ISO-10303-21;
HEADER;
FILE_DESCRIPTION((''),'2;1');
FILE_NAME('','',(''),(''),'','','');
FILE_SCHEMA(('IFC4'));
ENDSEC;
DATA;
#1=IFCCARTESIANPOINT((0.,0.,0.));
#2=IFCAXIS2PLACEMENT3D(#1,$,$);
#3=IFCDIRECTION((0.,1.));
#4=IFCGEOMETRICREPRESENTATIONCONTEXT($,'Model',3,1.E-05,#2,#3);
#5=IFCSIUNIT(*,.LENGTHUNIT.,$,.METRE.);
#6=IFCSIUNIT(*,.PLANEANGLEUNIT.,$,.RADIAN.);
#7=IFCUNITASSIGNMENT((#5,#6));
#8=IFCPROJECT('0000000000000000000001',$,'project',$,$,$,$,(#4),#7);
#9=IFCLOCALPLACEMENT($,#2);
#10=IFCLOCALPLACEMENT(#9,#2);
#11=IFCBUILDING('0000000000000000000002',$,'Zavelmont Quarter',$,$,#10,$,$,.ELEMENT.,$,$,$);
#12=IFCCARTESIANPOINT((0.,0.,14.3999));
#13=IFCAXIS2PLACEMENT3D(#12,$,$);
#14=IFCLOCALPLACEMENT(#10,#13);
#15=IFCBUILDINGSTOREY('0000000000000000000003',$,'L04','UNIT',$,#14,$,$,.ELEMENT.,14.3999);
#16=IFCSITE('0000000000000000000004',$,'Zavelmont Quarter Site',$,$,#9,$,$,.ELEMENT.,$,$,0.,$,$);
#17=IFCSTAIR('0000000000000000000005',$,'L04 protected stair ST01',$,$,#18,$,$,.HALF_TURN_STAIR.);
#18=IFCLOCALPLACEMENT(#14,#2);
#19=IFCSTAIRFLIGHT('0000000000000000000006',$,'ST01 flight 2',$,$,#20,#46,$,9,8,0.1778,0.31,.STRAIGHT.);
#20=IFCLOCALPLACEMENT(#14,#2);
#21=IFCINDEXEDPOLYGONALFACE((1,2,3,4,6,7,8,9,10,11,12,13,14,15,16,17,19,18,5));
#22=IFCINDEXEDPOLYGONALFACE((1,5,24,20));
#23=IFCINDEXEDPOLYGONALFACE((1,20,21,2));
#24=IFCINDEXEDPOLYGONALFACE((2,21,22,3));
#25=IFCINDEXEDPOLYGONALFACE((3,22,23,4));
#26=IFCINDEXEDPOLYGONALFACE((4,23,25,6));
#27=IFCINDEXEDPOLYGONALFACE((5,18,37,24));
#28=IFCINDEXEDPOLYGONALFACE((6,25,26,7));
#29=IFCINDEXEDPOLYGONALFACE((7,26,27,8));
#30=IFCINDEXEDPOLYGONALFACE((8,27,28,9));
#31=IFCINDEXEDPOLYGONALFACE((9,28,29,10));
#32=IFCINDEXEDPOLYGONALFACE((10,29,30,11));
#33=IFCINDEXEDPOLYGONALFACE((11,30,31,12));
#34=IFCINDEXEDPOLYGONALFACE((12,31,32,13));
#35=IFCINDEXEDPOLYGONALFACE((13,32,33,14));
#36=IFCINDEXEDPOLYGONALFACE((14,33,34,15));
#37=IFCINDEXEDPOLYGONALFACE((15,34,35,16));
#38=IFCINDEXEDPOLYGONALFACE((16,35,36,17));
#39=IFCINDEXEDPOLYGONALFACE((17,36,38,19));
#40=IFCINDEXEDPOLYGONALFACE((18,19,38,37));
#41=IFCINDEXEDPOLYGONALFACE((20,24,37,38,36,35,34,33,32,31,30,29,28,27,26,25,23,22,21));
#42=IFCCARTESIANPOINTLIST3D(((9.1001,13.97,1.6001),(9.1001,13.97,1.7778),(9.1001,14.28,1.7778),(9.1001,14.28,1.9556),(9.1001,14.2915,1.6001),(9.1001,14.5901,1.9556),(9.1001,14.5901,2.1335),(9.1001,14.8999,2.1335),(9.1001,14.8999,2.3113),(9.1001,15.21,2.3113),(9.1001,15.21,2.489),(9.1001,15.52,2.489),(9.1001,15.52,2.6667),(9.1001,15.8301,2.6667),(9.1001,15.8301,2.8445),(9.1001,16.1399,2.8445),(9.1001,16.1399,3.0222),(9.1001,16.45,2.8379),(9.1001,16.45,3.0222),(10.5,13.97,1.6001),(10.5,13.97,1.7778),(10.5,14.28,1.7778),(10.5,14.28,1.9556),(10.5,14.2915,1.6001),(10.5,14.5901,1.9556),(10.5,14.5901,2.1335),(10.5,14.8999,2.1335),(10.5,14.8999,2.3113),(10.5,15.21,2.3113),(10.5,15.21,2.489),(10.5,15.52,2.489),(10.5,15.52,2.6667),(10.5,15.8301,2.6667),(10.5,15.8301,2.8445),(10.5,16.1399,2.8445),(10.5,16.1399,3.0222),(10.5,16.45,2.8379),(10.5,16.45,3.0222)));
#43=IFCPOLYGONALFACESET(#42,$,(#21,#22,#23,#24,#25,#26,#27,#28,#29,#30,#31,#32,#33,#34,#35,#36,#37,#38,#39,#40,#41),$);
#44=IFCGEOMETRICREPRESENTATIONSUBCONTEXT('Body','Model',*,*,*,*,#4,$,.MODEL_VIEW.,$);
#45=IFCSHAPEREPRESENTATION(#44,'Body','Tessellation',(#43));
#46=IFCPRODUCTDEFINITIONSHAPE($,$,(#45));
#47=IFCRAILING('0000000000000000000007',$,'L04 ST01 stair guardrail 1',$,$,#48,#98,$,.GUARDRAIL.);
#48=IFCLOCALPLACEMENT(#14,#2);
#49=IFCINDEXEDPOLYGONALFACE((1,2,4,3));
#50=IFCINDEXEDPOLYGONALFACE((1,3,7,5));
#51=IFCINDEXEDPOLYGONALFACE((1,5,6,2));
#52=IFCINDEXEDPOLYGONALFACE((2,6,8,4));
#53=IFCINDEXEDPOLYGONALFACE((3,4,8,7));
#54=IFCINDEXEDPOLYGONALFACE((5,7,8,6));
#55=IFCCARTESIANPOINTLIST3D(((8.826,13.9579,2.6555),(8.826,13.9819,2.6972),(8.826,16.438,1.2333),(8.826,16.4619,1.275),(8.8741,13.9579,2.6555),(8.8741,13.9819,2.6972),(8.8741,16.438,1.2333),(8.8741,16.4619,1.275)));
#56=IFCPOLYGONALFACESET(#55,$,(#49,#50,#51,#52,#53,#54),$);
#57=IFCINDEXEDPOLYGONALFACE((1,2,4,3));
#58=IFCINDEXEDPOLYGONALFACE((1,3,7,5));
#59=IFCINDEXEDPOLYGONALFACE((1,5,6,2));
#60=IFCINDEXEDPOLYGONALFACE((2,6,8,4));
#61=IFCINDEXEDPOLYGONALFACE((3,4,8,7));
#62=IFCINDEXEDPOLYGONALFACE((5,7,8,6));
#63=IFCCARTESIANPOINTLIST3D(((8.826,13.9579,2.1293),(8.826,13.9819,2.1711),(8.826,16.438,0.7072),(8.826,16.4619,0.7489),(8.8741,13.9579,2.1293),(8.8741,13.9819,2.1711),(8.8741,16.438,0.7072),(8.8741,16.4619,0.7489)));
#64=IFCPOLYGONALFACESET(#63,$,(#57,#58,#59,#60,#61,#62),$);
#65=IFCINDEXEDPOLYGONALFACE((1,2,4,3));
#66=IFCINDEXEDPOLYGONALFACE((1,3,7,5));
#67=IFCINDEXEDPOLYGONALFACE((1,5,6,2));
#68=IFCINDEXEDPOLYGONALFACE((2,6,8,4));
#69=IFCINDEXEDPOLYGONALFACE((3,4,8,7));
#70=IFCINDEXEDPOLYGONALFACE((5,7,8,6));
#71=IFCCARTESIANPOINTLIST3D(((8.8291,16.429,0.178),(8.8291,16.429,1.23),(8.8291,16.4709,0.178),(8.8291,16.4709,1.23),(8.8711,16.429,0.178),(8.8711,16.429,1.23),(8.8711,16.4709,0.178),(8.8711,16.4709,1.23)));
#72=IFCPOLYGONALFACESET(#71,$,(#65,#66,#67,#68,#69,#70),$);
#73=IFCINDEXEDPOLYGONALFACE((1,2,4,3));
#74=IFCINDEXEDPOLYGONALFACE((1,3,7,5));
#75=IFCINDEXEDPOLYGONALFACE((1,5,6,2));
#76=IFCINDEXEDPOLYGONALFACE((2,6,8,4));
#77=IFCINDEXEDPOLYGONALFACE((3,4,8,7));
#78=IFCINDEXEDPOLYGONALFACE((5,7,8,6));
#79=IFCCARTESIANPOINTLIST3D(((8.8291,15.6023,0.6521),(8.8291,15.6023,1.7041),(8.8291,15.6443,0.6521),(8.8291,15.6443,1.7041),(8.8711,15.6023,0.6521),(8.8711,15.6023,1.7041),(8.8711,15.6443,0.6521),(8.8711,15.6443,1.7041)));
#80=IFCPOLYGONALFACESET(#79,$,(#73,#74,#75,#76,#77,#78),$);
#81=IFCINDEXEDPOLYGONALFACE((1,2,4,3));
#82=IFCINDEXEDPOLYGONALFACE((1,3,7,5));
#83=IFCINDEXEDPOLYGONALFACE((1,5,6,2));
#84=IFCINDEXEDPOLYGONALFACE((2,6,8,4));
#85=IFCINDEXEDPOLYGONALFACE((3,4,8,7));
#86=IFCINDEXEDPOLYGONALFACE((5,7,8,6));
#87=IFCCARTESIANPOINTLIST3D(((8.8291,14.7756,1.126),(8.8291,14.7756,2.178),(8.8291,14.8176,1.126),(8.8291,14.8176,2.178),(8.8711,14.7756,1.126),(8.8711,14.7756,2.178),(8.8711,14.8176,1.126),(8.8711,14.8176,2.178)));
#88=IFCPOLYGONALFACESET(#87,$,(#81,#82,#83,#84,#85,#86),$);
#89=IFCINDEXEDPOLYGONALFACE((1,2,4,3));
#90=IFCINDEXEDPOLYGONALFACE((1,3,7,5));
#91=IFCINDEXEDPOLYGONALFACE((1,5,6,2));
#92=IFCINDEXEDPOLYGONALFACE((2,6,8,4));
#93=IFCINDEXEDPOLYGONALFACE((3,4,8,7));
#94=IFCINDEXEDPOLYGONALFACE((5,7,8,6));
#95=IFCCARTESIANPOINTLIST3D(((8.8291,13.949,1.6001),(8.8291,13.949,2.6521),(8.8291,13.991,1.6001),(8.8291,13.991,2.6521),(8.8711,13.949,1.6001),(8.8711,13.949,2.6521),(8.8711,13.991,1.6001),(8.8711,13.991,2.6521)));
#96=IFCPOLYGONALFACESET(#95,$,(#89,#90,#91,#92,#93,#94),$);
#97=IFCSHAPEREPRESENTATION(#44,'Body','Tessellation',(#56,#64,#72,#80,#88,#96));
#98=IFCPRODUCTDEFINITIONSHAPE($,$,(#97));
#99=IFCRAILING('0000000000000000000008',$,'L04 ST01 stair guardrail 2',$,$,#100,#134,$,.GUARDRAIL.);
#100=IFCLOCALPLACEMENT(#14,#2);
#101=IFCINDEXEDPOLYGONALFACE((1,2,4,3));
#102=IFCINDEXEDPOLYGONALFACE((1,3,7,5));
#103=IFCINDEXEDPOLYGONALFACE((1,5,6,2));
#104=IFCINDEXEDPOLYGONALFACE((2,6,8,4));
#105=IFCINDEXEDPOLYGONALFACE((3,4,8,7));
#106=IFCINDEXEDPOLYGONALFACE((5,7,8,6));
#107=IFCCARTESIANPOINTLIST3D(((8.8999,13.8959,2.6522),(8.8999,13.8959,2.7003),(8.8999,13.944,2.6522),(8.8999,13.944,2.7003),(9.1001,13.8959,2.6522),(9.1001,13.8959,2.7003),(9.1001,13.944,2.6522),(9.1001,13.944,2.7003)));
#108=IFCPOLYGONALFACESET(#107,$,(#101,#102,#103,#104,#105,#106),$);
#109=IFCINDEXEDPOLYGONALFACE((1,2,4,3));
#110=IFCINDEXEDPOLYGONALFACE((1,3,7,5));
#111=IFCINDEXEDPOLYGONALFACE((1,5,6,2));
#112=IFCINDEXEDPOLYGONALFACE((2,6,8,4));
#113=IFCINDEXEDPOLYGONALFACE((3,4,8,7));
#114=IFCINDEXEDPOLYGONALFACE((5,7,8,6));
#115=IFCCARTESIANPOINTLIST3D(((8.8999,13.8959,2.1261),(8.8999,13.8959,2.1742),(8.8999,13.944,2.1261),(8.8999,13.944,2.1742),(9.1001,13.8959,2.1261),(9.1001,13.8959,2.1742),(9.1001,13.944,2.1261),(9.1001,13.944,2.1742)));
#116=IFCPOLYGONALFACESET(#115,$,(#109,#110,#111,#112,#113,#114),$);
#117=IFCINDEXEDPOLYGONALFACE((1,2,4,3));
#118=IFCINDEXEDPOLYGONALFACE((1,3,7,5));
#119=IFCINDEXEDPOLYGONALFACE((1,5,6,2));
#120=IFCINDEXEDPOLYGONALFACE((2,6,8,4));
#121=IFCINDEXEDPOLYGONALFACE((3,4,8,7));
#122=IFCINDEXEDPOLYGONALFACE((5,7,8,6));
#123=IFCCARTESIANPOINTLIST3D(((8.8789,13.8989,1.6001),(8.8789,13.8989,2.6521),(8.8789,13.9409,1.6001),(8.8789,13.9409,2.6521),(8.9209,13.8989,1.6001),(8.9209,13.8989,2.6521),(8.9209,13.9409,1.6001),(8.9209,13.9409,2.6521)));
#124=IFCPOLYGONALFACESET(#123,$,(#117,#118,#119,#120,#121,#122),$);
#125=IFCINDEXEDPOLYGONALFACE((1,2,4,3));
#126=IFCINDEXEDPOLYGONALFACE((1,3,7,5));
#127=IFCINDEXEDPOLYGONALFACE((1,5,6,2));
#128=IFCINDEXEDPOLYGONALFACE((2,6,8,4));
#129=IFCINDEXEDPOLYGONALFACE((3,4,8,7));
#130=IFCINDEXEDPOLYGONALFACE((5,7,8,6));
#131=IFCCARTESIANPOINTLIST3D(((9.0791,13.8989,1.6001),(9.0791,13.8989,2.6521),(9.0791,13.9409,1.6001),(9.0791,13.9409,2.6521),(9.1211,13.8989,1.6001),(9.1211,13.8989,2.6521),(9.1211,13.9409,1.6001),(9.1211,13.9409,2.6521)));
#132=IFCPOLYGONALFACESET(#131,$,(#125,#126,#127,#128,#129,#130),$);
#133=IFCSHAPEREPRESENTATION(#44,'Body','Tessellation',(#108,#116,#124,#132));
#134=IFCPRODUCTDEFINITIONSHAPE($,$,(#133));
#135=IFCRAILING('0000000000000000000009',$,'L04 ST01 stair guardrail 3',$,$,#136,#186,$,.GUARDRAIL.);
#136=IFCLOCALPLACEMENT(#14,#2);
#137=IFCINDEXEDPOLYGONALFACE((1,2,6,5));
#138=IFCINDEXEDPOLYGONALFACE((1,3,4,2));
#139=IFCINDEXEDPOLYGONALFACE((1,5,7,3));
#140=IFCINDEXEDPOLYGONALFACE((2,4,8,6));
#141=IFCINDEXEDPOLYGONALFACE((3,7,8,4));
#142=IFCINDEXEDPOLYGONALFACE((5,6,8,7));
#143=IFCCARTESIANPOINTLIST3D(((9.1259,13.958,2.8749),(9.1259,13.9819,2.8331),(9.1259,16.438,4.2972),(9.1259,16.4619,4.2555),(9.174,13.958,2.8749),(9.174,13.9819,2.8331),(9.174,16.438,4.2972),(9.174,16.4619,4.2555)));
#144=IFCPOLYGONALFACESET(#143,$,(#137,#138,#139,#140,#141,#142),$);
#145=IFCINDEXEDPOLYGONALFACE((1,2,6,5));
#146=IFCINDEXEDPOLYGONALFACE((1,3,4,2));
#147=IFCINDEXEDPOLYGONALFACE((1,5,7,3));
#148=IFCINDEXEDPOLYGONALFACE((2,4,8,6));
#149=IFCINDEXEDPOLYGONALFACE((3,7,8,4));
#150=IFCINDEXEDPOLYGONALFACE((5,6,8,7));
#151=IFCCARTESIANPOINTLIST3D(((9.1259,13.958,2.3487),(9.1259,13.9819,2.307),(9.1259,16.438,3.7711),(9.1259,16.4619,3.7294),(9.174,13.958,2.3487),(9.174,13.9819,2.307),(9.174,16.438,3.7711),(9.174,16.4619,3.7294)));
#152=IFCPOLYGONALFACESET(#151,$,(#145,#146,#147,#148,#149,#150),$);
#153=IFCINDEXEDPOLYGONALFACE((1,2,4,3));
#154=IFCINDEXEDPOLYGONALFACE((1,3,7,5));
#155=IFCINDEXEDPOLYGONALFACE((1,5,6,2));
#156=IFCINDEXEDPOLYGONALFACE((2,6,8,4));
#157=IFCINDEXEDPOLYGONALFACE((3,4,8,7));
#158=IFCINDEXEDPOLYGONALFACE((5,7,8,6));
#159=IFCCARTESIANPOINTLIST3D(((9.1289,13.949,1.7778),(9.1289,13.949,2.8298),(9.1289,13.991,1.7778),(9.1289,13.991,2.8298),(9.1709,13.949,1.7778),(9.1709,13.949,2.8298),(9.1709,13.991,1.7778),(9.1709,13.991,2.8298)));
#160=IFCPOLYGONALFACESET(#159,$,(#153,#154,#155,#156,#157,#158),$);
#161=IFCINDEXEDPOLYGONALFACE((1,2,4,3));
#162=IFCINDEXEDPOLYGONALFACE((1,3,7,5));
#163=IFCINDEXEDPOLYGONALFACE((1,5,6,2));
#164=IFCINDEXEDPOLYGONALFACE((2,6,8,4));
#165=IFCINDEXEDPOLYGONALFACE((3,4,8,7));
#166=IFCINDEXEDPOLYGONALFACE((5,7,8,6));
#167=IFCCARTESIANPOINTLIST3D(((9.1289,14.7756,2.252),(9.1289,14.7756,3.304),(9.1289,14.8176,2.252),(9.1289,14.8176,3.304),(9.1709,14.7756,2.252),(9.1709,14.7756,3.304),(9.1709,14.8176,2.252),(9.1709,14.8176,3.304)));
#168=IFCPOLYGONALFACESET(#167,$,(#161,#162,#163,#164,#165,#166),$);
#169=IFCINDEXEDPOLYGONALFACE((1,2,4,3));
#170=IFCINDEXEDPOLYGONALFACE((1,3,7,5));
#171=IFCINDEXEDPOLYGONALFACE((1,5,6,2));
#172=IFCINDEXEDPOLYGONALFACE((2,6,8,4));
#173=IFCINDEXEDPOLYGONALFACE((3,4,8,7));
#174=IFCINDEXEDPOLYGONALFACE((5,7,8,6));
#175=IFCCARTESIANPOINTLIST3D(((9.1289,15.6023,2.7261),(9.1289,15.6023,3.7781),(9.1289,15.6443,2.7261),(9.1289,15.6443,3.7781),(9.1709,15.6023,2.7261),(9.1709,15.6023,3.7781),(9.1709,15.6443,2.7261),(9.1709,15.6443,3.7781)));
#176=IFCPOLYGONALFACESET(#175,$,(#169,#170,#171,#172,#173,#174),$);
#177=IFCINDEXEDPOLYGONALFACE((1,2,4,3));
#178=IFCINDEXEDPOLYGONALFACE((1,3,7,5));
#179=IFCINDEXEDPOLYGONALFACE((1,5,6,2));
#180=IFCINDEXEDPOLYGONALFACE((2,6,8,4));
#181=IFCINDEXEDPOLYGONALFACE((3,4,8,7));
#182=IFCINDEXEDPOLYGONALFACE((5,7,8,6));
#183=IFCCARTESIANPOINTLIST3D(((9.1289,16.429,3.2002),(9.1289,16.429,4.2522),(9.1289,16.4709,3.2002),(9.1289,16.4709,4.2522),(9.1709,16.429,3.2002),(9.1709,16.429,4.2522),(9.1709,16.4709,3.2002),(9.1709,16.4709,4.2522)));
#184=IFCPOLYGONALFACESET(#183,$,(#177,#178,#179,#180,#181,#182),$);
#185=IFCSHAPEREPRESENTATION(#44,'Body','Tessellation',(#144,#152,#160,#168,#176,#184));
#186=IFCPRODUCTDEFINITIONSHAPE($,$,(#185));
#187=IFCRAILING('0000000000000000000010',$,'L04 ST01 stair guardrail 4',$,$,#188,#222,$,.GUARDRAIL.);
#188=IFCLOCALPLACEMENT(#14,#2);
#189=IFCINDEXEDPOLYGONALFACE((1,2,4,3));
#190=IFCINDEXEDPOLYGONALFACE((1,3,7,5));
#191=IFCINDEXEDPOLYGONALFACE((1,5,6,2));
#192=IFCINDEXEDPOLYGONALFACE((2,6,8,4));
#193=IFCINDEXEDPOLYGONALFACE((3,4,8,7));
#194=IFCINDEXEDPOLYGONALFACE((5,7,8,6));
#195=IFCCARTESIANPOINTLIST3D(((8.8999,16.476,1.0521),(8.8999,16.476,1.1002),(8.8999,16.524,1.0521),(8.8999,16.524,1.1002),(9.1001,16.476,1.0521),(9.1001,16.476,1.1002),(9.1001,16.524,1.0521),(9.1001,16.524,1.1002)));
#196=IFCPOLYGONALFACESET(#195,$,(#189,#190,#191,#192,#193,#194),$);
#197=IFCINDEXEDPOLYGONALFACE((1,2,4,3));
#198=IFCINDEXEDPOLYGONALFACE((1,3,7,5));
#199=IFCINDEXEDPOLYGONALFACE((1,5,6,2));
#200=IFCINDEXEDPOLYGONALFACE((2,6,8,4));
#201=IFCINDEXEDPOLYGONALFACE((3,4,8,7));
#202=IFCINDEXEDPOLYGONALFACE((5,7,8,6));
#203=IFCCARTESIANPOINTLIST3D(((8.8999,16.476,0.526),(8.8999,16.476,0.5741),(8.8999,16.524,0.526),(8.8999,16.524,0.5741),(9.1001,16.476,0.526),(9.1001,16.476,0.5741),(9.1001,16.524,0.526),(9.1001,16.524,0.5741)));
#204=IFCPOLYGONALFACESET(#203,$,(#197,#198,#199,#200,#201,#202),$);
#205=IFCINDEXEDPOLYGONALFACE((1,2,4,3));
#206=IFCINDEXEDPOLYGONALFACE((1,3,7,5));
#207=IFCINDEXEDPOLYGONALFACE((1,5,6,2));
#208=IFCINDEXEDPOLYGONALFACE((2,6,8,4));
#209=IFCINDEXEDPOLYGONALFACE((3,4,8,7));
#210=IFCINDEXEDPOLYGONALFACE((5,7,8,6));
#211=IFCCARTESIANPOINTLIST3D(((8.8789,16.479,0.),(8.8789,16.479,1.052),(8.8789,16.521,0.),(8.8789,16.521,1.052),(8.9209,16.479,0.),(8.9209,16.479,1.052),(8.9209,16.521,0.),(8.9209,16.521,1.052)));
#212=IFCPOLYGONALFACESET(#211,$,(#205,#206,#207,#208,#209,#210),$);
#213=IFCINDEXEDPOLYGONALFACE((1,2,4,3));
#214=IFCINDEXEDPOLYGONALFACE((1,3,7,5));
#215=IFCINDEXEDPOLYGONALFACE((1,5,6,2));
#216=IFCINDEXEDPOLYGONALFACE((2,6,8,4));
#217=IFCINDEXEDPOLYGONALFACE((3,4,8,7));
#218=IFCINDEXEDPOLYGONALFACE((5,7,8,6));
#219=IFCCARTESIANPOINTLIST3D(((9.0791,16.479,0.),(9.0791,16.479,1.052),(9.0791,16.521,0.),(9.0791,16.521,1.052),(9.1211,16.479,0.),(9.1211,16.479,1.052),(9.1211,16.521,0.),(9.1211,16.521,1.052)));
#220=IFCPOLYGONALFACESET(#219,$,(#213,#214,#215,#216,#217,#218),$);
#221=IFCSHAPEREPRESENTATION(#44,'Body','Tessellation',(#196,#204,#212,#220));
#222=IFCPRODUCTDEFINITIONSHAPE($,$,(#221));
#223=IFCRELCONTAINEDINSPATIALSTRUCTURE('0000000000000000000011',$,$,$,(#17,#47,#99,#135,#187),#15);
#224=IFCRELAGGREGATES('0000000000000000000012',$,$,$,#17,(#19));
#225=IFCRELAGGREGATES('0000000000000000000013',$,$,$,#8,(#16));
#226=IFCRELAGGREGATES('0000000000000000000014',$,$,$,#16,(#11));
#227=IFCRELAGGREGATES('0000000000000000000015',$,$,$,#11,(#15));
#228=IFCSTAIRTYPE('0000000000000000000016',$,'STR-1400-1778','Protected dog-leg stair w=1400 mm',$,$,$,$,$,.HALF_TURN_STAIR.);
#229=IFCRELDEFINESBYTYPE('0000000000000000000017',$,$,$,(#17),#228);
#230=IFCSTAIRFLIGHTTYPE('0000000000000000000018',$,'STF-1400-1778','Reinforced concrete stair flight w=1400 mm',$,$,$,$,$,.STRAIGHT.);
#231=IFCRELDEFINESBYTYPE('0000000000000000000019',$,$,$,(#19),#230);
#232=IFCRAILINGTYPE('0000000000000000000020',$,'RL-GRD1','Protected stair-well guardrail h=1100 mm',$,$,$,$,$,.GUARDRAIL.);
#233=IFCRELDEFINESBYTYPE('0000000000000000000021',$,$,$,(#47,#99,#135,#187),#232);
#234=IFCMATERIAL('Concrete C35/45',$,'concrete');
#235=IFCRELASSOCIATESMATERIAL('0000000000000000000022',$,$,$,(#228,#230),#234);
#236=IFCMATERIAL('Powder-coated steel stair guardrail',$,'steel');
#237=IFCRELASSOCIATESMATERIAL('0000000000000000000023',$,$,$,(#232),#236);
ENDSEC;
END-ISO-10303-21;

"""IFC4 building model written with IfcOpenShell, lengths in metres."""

from ifc_helpers import new_model, si_unit, direction, frame, origin, origin_2d, place, context, subcontext, project, spatial, polyline, rectangle, outline, extrude, material, type_object, element, aggregate, save


model = new_model("IFC4")

# Units and contexts
model_context = context("Model", 3, precision=1e-05, world=origin(), true_north=direction((0.0, 1.0)))
body_context = subcontext(model_context, "Body", "Model", "MODEL_VIEW")
ifc_project = project(units=[si_unit("LENGTHUNIT", "METRE"), si_unit("PLANEANGLEUNIT", "RADIAN")], contexts=[model_context])

# Site, building, storey
site_placement = place(None, origin())
site = spatial("IfcSite", under=ifc_project, at=site_placement, Name="Zavelmont Quarter Site", CompositionType="ELEMENT", RefElevation=0.0)
building_placement = place(site_placement, origin())
building = spatial("IfcBuilding", under=site, at=building_placement, Name="Zavelmont Quarter", CompositionType="ELEMENT")
storey_placement = place(building_placement, frame((0.0, 0.0, 14.3999)))
storey = spatial("IfcBuildingStorey", under=building, at=storey_placement, Name="L04", Description="UNIT", CompositionType="ELEMENT", Elevation=14.3999)

# Shared definitions
ifc_material_1 = material(Name="Concrete C35/45", Category="concrete")

# Stair, stair flight
stair_type = type_object("IfcStairType", Name="STR-1400-1778", Description="Protected dog-leg stair w=1400 mm", PredefinedType="HALF_TURN_STAIR", material=ifc_material_1)
stair_placement = place(storey_placement, origin())
stair = element("IfcStair", 1, at=stair_placement, inside=storey, type_object=stair_type, Name="L04 protected stair ST01", PredefinedType="HALF_TURN_STAIR")
stair_flight_type = type_object("IfcStairFlightType", Name="STF-1400-1778", Description="Reinforced concrete stair flight w=1400 mm", PredefinedType="STRAIGHT", material=ifc_material_1)
stair_flight_1_placement = place(storey_placement, frame((9.8, 13.97, 1.6001), z_axis=(0.0, 0.0, 1.0), x_axis=(0.0, 1.0, 0.0)))
stair_flight_1 = element("IfcStairFlight", 2, at=stair_flight_1_placement, type_object=stair_flight_type, Name="ST01 flight 2", NumberOfRisers=9, NumberOfTreads=8, PredefinedType="STRAIGHT", RiserHeight=0.1778, TreadLength=0.31, context=body_context, shape_type="SweptSolid", body=[
    extrude(outline(polyline([(0.0, 0.0), (0.0, 0.1777), (0.3101, 0.1777), (0.3101, 0.3555), (0.6201, 0.3555), (0.6201, 0.5334), (0.9299, 0.5334), (0.9299, 0.7112), (1.24, 0.7112), (1.24, 0.8889), (1.55, 0.8889), (1.55, 1.0667), (1.8601, 1.0667), (1.8601, 1.2444), (2.1699, 1.2444), (2.1699, 1.4221), (2.48, 1.4221), (2.48, 1.6001), (2.48, 1.2378), (0.3215, 0.0), (0.0, 0.0)])), frame((0.0, 0.7, 0.0), z_axis=(0.0, -1.0, 0.0), x_axis=(1.0, 0.0, 0.0)), (0.0, 0.0, 1.0), 1.3999),
])
aggregate(stair, [stair_flight_1])

# Railings
ifc_material_2 = material(Name="Powder-coated steel stair guardrail", Category="steel")
railing_type_1 = type_object("IfcRailingType", Name="RL-GRD1", Description="Protected stair-well guardrail h=1100 mm", PredefinedType="GUARDRAIL", material=ifc_material_2)
railing_1_placement = place(storey_placement, frame((8.8501, 16.45, 0.178)))
element("IfcRailing", 3, at=railing_1_placement, inside=storey, type_object=railing_type_1, Name="L04 ST01 stair guardrail 1", PredefinedType="GUARDRAIL", context=body_context, shape_type="SweptSolid", body=[
    extrude(rectangle(XDim=0.0481, YDim=0.0481, at=origin_2d()), frame((0.0, 0.0, 1.0762), z_axis=(0.0, -0.867491, 0.497454), x_axis=(1.0, 0.0, 0.0)), (0.0, 0.0, 1.0), 2.8589),
    extrude(rectangle(XDim=0.0481, YDim=0.0481, at=origin_2d()), frame((0.0, 0.0, 0.55), z_axis=(0.0, -0.867491, 0.497454), x_axis=(1.0, 0.0, 0.0)), (0.0, 0.0, 1.0), 2.8589),
    extrude(rectangle(XDim=0.042, YDim=0.042, at=origin_2d()), origin(), (0.0, 0.0, 1.0), 1.052),
    extrude(rectangle(XDim=0.042, YDim=0.042, at=origin_2d()), frame((0.0, -0.8267, 0.4741)), (0.0, 0.0, 1.0), 1.052),
    extrude(rectangle(XDim=0.042, YDim=0.042, at=origin_2d()), frame((0.0, -1.6533, 0.948)), (0.0, 0.0, 1.0), 1.052),
    extrude(rectangle(XDim=0.042, YDim=0.042, at=origin_2d()), frame((0.0, -2.48, 1.4221)), (0.0, 0.0, 1.0), 1.052),
])
railing_2_placement = place(storey_placement, frame((8.8999, 13.9199, 1.6001)))
element("IfcRailing", 4, at=railing_2_placement, inside=storey, type_object=railing_type_1, Name="L04 ST01 stair guardrail 2", PredefinedType="GUARDRAIL", context=body_context, shape_type="SweptSolid", body=[
    extrude(rectangle(XDim=0.0481, YDim=0.0481, at=origin_2d()), frame((0.0, 0.0, 1.0762), z_axis=(1.0, 0.0, 0.0), x_axis=(0.0, 1.0, 0.0)), (0.0, 0.0, 1.0), 0.2002),
    extrude(rectangle(XDim=0.0481, YDim=0.0481, at=origin_2d()), frame((0.0, 0.0, 0.55), z_axis=(1.0, 0.0, 0.0), x_axis=(0.0, 1.0, 0.0)), (0.0, 0.0, 1.0), 0.2002),
    extrude(rectangle(XDim=0.042, YDim=0.042, at=origin_2d()), origin(), (0.0, 0.0, 1.0), 1.052),
    extrude(rectangle(XDim=0.042, YDim=0.042, at=origin_2d()), frame((0.2002, 0.0, 0.0)), (0.0, 0.0, 1.0), 1.052),
])
railing_3_placement = place(storey_placement, frame((9.1499, 13.97, 1.7778)))
element("IfcRailing", 5, at=railing_3_placement, inside=storey, type_object=railing_type_1, Name="L04 ST01 stair guardrail 3", PredefinedType="GUARDRAIL", context=body_context, shape_type="SweptSolid", body=[
    extrude(rectangle(XDim=0.0481, YDim=0.0481, at=origin_2d()), frame((0.0, 0.0, 1.0762), z_axis=(0.0, 0.867454, 0.497518), x_axis=(-1.0, 0.0, 0.0)), (0.0, 0.0, 1.0), 2.8589),
    extrude(rectangle(XDim=0.0481, YDim=0.0481, at=origin_2d()), frame((0.0, 0.0, 0.55), z_axis=(0.0, 0.867454, 0.497518), x_axis=(-1.0, 0.0, 0.0)), (0.0, 0.0, 1.0), 2.8589),
    extrude(rectangle(XDim=0.042, YDim=0.042, at=origin_2d()), origin(), (0.0, 0.0, 1.0), 1.052),
    extrude(rectangle(XDim=0.042, YDim=0.042, at=origin_2d()), frame((0.0, 0.8267, 0.4741)), (0.0, 0.0, 1.0), 1.052),
    extrude(rectangle(XDim=0.042, YDim=0.042, at=origin_2d()), frame((0.0, 1.6533, 0.9482)), (0.0, 0.0, 1.0), 1.052),
    extrude(rectangle(XDim=0.042, YDim=0.042, at=origin_2d()), frame((0.0, 2.48, 1.4224)), (0.0, 0.0, 1.0), 1.052),
])
railing_4_placement = place(storey_placement, frame((8.8999, 16.5, 0.0)))
element("IfcRailing", 6, at=railing_4_placement, inside=storey, type_object=railing_type_1, Name="L04 ST01 stair guardrail 4", PredefinedType="GUARDRAIL", context=body_context, shape_type="SweptSolid", body=[
    extrude(rectangle(XDim=0.0481, YDim=0.0481, at=origin_2d()), frame((0.0, 0.0, 1.0762), z_axis=(1.0, 0.0, 0.0), x_axis=(0.0, 1.0, 0.0)), (0.0, 0.0, 1.0), 0.2002),
    extrude(rectangle(XDim=0.0481, YDim=0.0481, at=origin_2d()), frame((0.0, 0.0, 0.55), z_axis=(1.0, 0.0, 0.0), x_axis=(0.0, 1.0, 0.0)), (0.0, 0.0, 1.0), 0.2002),
    extrude(rectangle(XDim=0.042, YDim=0.042, at=origin_2d()), origin(), (0.0, 0.0, 1.0), 1.052),
    extrude(rectangle(XDim=0.042, YDim=0.042, at=origin_2d()), frame((0.2002, 0.0, 0.0)), (0.0, 0.0, 1.0), 1.052),
])

save(model, "model.ifc")
